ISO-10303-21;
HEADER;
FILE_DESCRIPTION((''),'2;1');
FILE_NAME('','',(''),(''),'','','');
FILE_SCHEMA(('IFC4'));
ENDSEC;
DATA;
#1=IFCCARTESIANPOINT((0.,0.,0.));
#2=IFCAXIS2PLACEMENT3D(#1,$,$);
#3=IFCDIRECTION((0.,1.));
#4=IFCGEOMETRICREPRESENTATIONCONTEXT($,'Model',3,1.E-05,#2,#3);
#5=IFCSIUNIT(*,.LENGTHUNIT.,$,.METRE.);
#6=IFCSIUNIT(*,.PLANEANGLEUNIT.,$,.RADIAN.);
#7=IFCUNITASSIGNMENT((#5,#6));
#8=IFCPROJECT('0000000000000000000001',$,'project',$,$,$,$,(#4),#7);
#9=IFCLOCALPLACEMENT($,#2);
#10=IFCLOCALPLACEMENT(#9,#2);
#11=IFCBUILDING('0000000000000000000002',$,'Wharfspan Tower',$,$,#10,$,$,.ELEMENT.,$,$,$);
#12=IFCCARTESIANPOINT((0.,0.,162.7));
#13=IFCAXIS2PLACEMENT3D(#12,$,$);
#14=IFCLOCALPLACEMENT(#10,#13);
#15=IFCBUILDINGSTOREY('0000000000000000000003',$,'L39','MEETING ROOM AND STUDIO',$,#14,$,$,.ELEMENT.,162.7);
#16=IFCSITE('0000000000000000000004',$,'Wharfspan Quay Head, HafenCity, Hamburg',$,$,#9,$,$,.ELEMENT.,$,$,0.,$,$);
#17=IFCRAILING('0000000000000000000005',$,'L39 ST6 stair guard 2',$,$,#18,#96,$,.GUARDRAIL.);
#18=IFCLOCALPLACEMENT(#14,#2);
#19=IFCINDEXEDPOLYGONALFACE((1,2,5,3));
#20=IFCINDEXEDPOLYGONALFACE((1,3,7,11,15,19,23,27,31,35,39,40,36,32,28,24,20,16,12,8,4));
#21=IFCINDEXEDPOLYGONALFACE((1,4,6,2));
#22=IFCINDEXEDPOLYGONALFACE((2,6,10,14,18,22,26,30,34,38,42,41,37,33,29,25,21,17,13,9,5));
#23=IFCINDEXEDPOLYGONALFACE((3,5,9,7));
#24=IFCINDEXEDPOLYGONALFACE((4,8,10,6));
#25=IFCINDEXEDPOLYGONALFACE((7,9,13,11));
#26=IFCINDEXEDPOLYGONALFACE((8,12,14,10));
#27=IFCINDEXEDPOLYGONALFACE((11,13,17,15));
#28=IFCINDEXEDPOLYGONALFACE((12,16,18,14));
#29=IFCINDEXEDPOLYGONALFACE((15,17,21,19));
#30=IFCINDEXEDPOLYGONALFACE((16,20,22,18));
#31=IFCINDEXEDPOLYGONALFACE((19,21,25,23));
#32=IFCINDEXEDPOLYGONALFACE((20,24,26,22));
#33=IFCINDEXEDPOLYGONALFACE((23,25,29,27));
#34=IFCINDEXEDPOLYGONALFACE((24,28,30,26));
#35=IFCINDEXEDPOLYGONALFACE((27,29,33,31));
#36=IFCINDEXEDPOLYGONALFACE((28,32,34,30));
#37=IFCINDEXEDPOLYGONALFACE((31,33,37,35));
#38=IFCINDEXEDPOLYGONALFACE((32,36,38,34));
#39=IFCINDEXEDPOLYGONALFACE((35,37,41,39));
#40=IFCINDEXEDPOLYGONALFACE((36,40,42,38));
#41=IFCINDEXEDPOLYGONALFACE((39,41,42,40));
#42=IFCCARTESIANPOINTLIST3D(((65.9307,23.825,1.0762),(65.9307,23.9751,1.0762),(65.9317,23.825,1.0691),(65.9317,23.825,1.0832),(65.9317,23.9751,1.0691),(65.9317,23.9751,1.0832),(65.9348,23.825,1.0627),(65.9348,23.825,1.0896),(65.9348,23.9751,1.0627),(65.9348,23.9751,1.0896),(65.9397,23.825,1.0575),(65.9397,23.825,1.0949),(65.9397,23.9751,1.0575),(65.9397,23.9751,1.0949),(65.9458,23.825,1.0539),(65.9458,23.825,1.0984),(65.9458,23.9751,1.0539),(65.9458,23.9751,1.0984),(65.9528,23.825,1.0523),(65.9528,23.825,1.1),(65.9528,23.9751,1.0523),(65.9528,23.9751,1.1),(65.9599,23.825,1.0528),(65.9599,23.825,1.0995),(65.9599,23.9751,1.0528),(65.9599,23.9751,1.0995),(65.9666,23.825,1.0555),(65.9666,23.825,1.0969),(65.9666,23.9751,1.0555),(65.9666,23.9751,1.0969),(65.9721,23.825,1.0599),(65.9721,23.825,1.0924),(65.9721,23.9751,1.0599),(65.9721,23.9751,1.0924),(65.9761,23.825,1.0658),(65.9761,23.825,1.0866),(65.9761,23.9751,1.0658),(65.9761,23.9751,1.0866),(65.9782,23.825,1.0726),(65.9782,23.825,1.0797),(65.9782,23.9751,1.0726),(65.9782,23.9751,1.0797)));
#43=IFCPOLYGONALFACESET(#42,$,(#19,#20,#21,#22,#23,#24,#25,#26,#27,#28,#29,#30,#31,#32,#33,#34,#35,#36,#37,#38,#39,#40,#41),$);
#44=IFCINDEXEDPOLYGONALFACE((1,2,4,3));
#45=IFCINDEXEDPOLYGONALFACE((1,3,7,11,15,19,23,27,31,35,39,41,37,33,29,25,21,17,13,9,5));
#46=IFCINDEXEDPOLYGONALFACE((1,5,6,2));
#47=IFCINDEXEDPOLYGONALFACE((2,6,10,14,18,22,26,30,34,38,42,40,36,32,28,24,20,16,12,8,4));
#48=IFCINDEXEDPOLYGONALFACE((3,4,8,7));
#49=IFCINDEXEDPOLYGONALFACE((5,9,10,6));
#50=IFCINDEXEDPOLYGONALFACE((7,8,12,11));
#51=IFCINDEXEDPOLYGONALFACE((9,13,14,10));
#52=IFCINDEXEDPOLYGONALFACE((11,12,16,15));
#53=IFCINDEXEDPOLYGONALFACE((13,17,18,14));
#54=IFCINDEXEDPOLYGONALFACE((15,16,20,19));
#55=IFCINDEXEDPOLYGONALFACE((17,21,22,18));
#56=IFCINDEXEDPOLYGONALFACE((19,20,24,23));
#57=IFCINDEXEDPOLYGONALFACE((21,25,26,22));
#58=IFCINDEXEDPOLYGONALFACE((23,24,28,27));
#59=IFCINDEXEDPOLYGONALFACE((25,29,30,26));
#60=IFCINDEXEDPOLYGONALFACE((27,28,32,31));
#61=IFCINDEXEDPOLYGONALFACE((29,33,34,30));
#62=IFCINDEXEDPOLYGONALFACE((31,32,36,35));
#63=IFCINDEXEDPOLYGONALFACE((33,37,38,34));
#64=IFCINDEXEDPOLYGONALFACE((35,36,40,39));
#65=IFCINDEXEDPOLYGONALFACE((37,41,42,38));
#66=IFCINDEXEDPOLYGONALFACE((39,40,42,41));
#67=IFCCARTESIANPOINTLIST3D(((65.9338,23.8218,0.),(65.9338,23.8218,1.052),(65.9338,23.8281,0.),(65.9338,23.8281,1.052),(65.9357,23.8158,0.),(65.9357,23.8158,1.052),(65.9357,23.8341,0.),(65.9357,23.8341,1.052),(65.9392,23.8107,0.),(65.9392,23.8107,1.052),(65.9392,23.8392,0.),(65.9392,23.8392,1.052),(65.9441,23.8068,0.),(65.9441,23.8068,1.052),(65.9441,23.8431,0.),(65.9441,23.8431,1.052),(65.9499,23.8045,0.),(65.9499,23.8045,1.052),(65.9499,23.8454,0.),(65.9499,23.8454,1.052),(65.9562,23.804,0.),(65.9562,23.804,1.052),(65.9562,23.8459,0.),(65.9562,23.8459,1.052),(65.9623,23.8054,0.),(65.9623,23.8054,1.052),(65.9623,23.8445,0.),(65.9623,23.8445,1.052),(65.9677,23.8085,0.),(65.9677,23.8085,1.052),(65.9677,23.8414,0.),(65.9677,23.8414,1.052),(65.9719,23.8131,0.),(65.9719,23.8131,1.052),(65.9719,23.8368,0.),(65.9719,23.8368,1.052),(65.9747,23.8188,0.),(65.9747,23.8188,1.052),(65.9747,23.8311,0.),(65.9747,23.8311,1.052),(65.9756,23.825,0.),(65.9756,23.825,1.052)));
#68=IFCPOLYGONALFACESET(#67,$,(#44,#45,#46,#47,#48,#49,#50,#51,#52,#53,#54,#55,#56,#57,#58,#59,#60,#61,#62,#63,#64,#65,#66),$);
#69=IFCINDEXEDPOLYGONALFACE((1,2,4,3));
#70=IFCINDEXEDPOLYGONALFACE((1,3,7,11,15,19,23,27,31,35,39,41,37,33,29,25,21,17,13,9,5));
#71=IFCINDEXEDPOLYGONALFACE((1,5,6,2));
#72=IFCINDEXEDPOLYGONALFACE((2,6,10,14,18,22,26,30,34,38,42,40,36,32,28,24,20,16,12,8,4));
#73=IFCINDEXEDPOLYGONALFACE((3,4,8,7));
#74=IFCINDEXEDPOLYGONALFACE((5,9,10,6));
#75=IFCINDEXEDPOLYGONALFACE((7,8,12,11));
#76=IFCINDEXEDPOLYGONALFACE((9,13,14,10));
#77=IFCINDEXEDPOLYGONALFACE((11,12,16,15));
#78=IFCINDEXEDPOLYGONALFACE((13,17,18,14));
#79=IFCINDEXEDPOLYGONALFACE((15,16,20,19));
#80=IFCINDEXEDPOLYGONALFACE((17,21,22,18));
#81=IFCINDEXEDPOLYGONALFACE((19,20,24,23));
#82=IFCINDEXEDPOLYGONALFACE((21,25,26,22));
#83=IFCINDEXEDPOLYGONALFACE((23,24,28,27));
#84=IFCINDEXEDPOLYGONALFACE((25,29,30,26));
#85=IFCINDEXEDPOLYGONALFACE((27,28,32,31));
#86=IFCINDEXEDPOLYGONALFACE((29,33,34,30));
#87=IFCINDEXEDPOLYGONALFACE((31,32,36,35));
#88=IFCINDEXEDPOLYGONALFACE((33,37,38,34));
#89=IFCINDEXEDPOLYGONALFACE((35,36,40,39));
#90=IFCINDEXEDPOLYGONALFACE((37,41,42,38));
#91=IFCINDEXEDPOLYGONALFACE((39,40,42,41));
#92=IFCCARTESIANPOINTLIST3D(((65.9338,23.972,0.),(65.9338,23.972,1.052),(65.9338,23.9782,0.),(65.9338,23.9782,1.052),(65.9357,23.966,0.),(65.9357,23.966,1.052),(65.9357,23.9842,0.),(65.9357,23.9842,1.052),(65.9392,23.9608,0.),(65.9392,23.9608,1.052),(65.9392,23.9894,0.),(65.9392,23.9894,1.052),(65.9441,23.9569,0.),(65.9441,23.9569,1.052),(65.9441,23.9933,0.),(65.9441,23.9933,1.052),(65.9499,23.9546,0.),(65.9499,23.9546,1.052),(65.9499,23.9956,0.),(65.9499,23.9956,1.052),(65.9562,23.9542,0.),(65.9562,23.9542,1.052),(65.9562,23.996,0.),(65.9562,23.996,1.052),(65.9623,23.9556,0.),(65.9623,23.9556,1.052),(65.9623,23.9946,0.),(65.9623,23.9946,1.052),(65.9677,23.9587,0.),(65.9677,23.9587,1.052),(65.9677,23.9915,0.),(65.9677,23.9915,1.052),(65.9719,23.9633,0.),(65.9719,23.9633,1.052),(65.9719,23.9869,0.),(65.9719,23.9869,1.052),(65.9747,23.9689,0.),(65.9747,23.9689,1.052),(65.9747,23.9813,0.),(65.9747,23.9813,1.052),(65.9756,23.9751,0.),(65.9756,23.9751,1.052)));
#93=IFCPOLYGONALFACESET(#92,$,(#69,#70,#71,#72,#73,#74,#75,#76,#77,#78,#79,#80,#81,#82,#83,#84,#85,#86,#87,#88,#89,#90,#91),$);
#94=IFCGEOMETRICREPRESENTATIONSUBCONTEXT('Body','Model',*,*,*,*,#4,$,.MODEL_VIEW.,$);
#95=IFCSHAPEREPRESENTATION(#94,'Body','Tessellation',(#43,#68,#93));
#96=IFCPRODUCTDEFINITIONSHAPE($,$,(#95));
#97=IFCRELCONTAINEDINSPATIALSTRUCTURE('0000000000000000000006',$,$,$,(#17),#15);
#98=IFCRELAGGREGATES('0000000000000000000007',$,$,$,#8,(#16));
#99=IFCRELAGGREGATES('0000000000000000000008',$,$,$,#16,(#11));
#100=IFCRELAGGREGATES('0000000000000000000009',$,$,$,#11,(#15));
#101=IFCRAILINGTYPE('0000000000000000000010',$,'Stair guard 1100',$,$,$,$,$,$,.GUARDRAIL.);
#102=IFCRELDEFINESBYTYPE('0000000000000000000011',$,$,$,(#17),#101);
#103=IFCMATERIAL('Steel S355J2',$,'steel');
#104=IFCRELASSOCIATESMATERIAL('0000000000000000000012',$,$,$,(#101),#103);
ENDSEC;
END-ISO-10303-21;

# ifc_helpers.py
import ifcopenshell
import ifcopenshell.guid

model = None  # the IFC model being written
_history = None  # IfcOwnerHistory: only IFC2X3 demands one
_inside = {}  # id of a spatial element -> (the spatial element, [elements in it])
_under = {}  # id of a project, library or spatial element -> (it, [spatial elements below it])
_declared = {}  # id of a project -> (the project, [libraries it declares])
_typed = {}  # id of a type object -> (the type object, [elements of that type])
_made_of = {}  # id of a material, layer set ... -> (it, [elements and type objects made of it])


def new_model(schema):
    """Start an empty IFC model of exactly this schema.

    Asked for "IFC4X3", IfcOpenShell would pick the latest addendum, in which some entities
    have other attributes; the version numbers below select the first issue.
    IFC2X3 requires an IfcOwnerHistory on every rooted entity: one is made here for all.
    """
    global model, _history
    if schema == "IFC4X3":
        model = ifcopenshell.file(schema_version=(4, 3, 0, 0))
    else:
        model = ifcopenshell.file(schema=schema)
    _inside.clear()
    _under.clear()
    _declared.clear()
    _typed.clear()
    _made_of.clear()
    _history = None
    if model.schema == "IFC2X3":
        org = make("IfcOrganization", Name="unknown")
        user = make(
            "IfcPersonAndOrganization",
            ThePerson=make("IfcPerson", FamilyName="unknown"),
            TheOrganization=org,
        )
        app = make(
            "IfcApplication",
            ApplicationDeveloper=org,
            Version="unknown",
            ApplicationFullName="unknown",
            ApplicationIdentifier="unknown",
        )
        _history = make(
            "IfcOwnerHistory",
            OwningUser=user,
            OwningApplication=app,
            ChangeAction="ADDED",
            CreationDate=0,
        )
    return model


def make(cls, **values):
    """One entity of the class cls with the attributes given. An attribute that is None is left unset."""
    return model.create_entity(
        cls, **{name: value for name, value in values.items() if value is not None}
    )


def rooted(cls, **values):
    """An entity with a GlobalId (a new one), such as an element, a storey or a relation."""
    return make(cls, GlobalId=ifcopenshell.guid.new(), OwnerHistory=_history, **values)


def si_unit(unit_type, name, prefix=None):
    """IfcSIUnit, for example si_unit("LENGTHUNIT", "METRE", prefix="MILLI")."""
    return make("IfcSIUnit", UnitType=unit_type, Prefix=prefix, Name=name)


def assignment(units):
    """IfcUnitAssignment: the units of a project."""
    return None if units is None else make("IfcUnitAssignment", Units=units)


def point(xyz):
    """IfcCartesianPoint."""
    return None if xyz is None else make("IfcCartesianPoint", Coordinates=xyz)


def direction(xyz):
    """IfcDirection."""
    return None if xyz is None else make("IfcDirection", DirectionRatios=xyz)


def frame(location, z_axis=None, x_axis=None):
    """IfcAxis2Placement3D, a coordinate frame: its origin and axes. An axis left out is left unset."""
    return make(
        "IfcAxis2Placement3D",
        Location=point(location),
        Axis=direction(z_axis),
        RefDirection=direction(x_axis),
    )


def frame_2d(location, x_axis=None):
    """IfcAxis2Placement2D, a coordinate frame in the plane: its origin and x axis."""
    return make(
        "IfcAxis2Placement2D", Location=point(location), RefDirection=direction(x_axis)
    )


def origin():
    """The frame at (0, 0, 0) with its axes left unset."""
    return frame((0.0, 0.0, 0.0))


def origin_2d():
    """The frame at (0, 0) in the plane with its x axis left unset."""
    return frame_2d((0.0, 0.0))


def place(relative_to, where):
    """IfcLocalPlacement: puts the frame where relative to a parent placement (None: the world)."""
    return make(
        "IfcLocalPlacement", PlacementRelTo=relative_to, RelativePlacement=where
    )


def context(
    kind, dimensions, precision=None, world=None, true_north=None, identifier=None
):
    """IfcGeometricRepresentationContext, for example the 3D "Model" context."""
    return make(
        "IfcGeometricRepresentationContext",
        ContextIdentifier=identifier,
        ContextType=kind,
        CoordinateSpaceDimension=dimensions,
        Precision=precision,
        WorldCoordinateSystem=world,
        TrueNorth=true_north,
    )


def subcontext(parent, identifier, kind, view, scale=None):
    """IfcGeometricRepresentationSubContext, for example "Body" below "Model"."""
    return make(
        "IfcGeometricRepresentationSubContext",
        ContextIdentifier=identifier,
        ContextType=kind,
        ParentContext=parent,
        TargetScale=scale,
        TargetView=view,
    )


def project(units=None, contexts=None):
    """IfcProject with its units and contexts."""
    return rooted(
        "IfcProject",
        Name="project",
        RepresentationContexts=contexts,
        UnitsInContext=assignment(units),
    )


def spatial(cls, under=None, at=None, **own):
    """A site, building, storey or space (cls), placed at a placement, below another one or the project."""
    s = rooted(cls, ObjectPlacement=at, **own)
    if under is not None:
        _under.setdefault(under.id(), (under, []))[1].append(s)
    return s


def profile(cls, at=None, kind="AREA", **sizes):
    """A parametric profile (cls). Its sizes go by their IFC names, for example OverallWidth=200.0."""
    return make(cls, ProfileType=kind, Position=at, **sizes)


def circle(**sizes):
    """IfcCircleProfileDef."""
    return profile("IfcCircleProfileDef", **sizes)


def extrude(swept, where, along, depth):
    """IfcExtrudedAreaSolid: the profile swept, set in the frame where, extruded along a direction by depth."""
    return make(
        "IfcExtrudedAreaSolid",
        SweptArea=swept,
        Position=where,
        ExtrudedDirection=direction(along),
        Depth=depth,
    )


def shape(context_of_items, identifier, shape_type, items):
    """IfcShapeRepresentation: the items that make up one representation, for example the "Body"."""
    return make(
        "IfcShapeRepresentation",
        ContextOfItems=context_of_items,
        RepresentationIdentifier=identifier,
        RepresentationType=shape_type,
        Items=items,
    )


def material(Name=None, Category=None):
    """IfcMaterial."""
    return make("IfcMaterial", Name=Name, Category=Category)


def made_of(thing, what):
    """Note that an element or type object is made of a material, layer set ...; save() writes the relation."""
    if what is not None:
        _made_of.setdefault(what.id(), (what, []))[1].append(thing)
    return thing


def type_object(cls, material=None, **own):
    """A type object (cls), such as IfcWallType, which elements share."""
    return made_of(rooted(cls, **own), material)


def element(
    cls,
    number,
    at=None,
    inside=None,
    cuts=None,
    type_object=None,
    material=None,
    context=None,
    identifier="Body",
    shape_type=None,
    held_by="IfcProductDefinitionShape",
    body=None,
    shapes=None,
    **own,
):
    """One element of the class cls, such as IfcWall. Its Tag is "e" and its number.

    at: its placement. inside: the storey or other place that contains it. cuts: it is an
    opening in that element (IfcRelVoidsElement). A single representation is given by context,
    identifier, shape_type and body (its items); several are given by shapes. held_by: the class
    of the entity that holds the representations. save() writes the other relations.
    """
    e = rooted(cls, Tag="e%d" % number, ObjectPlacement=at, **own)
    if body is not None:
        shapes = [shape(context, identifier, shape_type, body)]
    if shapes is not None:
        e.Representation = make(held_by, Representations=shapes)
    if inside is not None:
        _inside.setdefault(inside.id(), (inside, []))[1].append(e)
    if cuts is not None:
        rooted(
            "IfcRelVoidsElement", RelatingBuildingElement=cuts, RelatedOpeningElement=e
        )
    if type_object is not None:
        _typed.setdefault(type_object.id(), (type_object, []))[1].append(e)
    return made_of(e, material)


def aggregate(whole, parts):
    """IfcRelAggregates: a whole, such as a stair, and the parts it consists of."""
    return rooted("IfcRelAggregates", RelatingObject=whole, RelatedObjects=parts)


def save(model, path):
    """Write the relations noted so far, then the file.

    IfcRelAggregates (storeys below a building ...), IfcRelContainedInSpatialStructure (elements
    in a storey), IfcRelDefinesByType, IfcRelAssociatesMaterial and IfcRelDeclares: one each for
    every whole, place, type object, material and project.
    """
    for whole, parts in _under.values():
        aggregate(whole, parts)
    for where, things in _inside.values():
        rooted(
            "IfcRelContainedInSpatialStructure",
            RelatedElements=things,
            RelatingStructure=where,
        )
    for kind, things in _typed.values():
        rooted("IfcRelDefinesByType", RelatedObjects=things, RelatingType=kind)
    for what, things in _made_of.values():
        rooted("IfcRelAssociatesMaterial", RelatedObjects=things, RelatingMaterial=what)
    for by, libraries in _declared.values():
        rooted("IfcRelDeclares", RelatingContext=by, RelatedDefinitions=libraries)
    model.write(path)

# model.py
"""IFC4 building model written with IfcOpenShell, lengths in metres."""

from ifc_helpers import new_model, si_unit, direction, frame, origin, origin_2d, place, context, subcontext, project, spatial, circle, extrude, material, type_object, element, save


model = new_model("IFC4")

# Units and contexts
model_context = context("Model", 3, precision=1e-05, world=origin(), true_north=direction((0.0, 1.0)))
body_context = subcontext(model_context, "Body", "Model", "MODEL_VIEW")
ifc_project = project(units=[si_unit("LENGTHUNIT", "METRE"), si_unit("PLANEANGLEUNIT", "RADIAN")], contexts=[model_context])

# Site, building, storey
site_placement = place(None, origin())
site = spatial("IfcSite", under=ifc_project, at=site_placement, Name="Wharfspan Quay Head, HafenCity, Hamburg", CompositionType="ELEMENT", RefElevation=0.0)
building_placement = place(site_placement, origin())
building = spatial("IfcBuilding", under=site, at=building_placement, Name="Wharfspan Tower", CompositionType="ELEMENT")
storey_placement = place(building_placement, frame((0.0, 0.0, 162.7)))
storey = spatial("IfcBuildingStorey", under=building, at=storey_placement, Name="L39", Description="MEETING ROOM AND STUDIO", CompositionType="ELEMENT", Elevation=162.7)

# Railing
ifc_material_1 = material(Name="Steel S355J2", Category="steel")
railing_type_1 = type_object("IfcRailingType", Name="Stair guard 1100", PredefinedType="GUARDRAIL", material=ifc_material_1)
railing_1_placement = place(storey_placement, frame((65.9546, 23.825, 0.0)))
element("IfcRailing", 1, at=railing_1_placement, inside=storey, type_object=railing_type_1, Name="L39 ST6 stair guard 2", PredefinedType="GUARDRAIL", context=body_context, shape_type="SweptSolid", body=[
    extrude(circle(Radius=0.0239, at=origin_2d()), frame((0.0, 0.0, 1.0762), z_axis=(0.0, 1.0, 0.0), x_axis=(-1.0, 0.0, 0.0)), (0.0, 0.0, 1.0), 0.1501),
    extrude(circle(Radius=0.021, at=origin_2d()), origin(), (0.0, 0.0, 1.0), 1.052),
    extrude(circle(Radius=0.021, at=origin_2d()), frame((0.0, 0.1501, 0.0)), (0.0, 0.0, 1.0), 1.052),
])

save(model, "model.ifc")
